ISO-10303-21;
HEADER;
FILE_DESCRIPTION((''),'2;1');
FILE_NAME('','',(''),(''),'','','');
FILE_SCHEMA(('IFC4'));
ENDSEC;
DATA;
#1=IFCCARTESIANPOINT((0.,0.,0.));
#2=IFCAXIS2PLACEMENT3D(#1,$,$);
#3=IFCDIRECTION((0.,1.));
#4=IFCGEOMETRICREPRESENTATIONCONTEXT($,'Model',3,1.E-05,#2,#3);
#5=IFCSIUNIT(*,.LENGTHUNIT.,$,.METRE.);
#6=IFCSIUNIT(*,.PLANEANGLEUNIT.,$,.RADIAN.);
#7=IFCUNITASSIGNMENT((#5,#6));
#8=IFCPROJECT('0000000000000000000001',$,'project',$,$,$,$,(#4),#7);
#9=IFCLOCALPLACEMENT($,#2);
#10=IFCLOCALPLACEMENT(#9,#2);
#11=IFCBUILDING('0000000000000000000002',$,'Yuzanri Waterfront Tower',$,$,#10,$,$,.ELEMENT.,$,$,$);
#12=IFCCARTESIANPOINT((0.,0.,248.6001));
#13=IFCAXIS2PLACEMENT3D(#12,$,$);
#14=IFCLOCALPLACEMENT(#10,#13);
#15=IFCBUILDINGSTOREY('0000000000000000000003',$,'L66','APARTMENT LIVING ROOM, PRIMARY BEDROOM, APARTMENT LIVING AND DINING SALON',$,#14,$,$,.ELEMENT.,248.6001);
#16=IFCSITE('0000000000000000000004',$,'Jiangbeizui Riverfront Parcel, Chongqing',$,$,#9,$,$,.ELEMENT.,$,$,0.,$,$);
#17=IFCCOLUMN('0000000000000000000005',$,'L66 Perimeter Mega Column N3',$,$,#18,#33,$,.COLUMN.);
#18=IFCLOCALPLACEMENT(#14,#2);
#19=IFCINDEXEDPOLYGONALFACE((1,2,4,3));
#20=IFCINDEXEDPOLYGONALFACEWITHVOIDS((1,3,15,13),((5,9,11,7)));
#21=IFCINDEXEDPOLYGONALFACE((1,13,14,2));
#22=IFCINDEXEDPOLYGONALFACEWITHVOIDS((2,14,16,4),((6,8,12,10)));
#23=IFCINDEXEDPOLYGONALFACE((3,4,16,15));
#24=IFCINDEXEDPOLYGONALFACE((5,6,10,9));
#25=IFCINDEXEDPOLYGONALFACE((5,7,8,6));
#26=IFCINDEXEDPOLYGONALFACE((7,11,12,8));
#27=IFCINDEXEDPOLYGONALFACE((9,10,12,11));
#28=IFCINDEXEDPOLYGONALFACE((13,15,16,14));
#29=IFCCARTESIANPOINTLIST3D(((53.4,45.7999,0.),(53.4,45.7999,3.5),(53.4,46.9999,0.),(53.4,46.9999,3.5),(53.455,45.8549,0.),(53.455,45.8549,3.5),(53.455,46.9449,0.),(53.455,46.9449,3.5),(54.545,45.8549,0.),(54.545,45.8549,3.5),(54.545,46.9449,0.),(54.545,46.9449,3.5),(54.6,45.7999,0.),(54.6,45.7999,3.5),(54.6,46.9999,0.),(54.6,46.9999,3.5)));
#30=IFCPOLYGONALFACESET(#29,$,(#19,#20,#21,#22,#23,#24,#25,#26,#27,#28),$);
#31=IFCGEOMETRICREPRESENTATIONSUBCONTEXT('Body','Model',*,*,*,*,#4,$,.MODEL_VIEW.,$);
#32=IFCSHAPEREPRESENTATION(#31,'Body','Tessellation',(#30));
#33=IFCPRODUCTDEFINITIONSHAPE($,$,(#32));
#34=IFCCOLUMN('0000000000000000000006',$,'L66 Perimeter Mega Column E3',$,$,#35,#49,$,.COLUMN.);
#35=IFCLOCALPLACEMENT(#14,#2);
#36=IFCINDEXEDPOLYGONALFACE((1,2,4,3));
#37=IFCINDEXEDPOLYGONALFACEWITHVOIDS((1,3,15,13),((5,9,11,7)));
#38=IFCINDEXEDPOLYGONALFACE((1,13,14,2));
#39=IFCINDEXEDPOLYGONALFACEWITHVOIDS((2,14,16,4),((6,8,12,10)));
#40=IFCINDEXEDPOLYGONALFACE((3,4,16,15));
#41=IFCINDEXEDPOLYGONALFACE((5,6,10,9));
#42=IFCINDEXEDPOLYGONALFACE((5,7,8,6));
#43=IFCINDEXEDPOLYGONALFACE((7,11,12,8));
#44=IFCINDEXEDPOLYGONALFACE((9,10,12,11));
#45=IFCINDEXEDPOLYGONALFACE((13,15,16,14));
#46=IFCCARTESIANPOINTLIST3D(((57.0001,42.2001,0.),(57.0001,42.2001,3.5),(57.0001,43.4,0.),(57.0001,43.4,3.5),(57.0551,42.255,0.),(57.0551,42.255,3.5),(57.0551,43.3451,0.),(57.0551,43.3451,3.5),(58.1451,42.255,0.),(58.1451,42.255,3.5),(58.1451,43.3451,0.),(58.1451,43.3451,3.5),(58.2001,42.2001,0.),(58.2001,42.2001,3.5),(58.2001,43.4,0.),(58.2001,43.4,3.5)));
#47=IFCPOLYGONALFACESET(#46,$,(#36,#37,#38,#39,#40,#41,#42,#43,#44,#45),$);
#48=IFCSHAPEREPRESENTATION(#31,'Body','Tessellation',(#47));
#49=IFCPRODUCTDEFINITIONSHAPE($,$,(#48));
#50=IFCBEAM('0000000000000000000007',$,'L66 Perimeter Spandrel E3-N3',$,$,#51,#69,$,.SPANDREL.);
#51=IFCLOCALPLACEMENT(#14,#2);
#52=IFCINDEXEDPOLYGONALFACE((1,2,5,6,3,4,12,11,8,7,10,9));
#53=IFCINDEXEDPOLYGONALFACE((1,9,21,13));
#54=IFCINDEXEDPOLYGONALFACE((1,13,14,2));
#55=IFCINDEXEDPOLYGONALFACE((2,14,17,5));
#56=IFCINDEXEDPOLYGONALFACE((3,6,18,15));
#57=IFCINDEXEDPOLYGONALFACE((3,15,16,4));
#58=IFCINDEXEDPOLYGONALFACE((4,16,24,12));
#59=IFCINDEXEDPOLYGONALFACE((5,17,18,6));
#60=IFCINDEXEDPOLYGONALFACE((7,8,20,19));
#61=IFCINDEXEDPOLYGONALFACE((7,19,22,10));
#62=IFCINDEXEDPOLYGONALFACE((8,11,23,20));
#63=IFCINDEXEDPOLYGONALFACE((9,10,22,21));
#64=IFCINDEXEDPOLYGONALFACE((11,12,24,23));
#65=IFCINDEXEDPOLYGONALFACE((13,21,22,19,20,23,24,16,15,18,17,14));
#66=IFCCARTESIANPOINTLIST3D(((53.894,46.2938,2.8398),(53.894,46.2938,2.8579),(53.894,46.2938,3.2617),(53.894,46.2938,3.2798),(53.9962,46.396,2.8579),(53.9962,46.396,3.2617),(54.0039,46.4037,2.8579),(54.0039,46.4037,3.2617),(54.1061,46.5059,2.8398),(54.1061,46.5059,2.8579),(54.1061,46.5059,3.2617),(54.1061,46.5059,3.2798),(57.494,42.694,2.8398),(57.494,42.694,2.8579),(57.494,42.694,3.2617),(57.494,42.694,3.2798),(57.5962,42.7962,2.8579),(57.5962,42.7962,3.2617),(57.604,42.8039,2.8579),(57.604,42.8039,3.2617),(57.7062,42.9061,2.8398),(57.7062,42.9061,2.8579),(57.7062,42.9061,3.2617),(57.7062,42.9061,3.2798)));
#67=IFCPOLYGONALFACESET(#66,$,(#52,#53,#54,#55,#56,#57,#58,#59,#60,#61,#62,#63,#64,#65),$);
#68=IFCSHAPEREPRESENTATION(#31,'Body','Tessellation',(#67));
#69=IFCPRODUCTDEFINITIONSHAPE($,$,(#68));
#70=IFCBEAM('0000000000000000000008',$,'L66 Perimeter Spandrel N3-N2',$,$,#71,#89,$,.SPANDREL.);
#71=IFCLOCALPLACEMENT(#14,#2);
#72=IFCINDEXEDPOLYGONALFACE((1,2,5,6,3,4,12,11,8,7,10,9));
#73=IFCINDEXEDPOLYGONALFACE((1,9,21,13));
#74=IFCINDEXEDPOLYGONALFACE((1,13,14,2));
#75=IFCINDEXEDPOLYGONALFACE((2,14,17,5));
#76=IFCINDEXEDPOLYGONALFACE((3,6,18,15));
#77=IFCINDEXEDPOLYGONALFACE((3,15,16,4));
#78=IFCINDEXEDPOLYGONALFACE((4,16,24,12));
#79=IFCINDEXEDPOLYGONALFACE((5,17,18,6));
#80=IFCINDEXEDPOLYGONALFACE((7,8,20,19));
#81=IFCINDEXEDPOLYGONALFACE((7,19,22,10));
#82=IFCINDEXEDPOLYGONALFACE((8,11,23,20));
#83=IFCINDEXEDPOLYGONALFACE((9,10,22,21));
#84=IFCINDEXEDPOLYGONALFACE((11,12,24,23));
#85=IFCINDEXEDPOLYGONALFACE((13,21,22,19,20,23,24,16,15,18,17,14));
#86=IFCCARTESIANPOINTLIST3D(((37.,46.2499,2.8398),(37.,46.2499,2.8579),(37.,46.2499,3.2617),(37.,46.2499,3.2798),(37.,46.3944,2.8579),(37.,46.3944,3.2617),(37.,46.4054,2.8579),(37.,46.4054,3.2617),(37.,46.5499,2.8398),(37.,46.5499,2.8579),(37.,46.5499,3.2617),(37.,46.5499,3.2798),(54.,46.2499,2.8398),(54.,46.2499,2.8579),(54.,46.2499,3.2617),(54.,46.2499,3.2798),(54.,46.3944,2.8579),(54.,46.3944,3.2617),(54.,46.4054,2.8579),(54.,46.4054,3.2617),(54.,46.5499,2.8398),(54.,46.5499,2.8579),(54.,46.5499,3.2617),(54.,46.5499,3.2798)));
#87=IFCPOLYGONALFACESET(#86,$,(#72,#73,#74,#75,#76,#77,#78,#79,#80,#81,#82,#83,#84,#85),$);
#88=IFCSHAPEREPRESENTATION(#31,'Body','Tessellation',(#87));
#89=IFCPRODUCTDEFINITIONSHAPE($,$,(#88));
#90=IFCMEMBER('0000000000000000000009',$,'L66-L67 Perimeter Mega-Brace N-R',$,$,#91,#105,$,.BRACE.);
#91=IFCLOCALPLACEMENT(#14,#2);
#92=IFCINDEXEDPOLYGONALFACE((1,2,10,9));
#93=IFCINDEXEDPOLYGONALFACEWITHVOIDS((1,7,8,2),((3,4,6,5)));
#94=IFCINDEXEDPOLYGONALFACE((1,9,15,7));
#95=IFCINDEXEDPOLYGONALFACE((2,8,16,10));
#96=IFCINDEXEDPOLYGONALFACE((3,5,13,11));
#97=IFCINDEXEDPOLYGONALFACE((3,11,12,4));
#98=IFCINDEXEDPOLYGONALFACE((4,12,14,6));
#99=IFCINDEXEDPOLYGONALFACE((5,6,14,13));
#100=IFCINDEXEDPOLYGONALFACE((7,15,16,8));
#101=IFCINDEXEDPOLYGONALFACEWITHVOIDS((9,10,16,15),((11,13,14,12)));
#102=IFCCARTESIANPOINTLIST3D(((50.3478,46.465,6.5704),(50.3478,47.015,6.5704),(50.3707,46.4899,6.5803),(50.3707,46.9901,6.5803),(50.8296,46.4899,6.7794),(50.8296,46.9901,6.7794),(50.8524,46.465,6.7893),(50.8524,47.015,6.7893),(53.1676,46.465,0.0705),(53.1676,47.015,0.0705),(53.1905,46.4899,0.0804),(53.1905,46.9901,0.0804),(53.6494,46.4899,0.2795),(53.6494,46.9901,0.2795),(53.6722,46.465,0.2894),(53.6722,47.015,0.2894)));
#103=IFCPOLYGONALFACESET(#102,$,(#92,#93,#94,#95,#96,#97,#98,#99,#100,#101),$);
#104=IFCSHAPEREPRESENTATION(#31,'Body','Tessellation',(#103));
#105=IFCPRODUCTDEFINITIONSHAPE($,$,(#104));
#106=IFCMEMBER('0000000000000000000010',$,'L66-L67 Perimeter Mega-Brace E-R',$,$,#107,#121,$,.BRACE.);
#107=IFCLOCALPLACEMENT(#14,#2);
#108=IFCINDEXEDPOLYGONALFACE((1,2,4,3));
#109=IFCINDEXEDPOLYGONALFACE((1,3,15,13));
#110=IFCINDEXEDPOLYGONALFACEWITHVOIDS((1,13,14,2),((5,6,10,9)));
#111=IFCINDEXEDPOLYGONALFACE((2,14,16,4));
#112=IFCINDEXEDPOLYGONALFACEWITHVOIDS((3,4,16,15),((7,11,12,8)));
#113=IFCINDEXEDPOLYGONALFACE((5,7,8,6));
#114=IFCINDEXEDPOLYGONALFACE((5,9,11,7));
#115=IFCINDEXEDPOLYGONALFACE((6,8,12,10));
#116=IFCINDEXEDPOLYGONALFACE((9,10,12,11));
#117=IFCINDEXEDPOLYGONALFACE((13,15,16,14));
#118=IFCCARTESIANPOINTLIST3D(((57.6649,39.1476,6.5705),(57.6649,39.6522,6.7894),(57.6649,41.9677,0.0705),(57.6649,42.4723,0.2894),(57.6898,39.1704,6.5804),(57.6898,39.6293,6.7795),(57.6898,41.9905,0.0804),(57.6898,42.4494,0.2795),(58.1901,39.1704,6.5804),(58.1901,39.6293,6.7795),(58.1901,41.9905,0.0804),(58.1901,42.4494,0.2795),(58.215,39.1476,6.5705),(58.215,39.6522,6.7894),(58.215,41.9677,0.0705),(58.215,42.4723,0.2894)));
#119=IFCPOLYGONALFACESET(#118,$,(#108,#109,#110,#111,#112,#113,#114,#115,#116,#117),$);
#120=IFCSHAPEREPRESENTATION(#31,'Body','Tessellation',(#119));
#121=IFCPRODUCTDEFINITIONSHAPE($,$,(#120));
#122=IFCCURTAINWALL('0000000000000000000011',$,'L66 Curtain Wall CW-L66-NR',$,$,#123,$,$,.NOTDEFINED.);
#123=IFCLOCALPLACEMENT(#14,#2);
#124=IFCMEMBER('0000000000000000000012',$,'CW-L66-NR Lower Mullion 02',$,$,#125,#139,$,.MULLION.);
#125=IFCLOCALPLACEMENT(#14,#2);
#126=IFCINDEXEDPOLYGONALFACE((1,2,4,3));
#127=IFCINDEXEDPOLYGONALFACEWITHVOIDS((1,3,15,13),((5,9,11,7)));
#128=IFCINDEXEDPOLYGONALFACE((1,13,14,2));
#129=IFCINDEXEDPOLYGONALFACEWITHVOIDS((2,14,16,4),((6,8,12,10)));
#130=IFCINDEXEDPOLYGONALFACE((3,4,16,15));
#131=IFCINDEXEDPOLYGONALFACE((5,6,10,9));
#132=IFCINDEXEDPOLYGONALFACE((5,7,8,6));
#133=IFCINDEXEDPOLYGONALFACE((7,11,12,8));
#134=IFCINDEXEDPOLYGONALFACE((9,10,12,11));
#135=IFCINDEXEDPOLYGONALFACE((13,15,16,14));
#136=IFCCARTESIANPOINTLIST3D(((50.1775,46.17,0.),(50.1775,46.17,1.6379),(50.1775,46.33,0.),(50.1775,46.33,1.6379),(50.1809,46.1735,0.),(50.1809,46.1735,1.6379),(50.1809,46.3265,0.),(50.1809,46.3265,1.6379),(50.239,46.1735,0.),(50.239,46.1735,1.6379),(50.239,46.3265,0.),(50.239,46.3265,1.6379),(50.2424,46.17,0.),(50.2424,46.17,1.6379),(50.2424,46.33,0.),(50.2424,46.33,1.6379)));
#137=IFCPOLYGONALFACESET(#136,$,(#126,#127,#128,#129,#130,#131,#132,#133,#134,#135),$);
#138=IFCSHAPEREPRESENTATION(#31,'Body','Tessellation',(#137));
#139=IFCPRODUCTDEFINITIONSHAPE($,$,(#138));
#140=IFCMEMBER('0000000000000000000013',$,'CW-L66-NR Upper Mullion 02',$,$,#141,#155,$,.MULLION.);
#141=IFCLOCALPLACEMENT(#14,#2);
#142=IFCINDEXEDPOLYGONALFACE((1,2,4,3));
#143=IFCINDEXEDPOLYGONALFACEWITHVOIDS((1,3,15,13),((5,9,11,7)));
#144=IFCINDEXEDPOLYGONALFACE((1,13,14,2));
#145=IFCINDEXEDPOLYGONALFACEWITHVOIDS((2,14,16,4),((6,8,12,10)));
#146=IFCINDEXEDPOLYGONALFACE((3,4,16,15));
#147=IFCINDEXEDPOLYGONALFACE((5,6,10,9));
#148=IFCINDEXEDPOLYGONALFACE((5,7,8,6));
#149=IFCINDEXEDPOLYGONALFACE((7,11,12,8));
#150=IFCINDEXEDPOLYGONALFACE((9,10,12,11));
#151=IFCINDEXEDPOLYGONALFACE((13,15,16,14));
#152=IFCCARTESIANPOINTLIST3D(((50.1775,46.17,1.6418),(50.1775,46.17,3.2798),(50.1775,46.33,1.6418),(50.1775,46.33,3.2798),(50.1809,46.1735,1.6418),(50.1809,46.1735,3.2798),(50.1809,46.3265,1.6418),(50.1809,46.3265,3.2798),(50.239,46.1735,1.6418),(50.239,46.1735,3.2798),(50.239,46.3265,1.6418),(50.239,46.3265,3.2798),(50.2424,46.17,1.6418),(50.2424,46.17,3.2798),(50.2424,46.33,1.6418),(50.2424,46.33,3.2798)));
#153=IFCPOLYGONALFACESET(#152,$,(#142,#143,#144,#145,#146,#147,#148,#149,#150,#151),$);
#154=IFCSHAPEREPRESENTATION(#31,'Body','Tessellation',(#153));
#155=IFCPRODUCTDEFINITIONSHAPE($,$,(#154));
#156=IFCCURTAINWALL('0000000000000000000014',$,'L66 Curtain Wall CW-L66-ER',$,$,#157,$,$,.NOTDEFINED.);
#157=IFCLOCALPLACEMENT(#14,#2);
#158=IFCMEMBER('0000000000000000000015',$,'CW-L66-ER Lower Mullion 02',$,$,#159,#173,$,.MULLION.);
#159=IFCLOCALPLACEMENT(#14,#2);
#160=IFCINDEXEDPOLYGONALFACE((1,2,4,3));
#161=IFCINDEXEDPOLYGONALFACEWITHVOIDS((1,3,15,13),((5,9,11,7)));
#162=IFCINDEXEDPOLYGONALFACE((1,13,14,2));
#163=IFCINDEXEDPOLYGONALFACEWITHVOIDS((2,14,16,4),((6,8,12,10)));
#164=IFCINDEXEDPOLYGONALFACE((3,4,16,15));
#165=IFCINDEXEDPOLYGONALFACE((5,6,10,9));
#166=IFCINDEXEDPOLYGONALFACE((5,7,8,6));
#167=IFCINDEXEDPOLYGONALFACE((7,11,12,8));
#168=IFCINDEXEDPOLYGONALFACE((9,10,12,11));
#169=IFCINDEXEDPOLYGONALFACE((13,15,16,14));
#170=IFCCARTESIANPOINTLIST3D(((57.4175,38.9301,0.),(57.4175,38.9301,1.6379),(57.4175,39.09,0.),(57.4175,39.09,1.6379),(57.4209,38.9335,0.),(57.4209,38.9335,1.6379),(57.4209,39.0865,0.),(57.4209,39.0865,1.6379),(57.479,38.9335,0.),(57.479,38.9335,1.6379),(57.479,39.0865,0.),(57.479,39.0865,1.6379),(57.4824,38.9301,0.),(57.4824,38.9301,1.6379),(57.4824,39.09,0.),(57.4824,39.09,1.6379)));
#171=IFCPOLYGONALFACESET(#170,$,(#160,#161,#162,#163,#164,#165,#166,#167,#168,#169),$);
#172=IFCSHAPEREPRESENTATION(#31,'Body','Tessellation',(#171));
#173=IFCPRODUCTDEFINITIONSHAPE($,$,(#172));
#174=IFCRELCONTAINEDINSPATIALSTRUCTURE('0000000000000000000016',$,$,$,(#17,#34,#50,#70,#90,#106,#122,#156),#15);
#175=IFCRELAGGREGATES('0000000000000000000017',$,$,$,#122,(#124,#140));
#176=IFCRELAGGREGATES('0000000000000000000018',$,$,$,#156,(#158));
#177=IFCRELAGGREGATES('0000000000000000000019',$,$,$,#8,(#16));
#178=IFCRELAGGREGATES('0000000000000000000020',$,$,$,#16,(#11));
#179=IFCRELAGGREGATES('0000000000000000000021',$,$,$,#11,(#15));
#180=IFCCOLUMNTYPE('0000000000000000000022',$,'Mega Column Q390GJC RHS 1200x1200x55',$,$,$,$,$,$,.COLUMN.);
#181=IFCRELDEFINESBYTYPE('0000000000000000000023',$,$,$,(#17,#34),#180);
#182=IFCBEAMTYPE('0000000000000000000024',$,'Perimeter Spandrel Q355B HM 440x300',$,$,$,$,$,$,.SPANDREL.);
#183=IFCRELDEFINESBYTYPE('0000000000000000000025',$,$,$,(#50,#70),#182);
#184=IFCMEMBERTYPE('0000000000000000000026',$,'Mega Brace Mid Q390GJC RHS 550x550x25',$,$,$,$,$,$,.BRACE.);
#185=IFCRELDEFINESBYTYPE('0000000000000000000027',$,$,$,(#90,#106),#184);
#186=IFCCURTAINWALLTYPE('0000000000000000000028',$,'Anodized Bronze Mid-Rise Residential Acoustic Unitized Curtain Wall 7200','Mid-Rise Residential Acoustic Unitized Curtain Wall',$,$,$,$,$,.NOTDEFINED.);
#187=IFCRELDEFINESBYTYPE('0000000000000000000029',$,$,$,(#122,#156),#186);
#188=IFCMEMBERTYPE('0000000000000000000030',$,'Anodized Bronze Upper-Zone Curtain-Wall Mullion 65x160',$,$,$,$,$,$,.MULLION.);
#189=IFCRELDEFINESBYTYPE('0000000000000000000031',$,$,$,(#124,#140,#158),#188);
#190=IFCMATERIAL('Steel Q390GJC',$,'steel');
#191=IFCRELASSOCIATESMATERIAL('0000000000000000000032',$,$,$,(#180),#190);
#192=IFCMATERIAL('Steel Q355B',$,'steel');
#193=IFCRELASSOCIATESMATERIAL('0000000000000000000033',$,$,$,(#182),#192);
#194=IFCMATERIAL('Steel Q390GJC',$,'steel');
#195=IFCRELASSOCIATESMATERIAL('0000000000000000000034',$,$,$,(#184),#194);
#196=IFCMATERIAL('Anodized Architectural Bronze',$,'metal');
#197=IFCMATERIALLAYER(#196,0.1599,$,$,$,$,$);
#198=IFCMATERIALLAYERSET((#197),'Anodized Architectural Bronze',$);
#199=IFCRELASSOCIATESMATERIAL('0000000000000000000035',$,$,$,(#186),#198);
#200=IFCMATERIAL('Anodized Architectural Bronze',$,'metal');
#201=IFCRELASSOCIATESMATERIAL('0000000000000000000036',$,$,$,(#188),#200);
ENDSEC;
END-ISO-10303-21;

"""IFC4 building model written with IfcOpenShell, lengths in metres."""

from ifc_helpers import new_model, si_unit, direction, frame, origin, origin_2d, place, context, subcontext, project, spatial, hollow_rectangle, i_section, extrude, source, transform, mapped, material, layer, layer_set, material_profile, profile_set, type_object, element, aggregate, save


model = new_model("IFC4")

# Units and contexts
model_context = context("Model", 3, precision=1e-05, world=origin(), true_north=direction((0.0, 1.0)))
body_context = subcontext(model_context, "Body", "Model", "MODEL_VIEW")
ifc_project = project(units=[si_unit("LENGTHUNIT", "METRE"), si_unit("PLANEANGLEUNIT", "RADIAN")], contexts=[model_context])

# Site, building, storey
site_placement = place(None, origin())
site = spatial("IfcSite", under=ifc_project, at=site_placement, Name="Jiangbeizui Riverfront Parcel, Chongqing", CompositionType="ELEMENT", RefElevation=0.0)
building_placement = place(site_placement, origin())
building = spatial("IfcBuilding", under=site, at=building_placement, Name="Yuzanri Waterfront Tower", CompositionType="ELEMENT")
storey_placement = place(building_placement, frame((0.0, 0.0, 248.6001)))
storey = spatial("IfcBuildingStorey", under=building, at=storey_placement, Name="L66", Description="APARTMENT LIVING ROOM, PRIMARY BEDROOM, APARTMENT LIVING AND DINING SALON", CompositionType="ELEMENT", Elevation=248.6001)

# Columns
ifc_material_1 = material(Name="Steel Q390GJC", Category="steel")
ifc_material_profile_1 = material_profile(ifc_material_1, hollow_rectangle(XDim=1.2, YDim=1.2, WallThickness=0.0549, at=origin_2d()), Name="RHS 1200x1200x55")
ifc_profile_set_1 = profile_set([ifc_material_profile_1], Name="Steel Q390GJC")
column_type = type_object("IfcColumnType", Name="Mega Column Q390GJC RHS 1200x1200x55", PredefinedType="COLUMN", material=ifc_profile_set_1)
shared_shape_1 = source(origin(), body_context, "Body", "SweptSolid", [
    extrude(hollow_rectangle(XDim=1.2, YDim=1.2, WallThickness=0.0549, at=origin_2d()), origin(), (0.0, 0.0, 1.0), 3.5),
])
for number, where, z_axis, x_axis, name in (
    (1, (54.0, 46.3999, 0.0), (0.0, 0.0, 1.0), (1.0, 0.0, 0.0), "L66 Perimeter Mega Column N3"),
    (2, (57.6001, 42.8, 0.0), (0.0, 0.0, 1.0), (1.0, 0.0, 0.0), "L66 Perimeter Mega Column E3"),
):
    element("IfcColumn", number, at=place(storey_placement, frame(where, z_axis=z_axis, x_axis=x_axis)), inside=storey, type_object=column_type, Name=name, PredefinedType="COLUMN", context=body_context, shape_type="MappedRepresentation", body=[
        mapped(shared_shape_1, transform((0.0, 0.0, 0.0), scale=1.0)),
    ])

# Beams
ifc_material_2 = material(Name="Steel Q355B", Category="steel")
ifc_material_profile_2 = material_profile(ifc_material_2, i_section(OverallWidth=0.3, OverallDepth=0.4399, WebThickness=0.011, FlangeThickness=0.0181, at=origin_2d()), Name="HM 440x300x11x18")
ifc_profile_set_2 = profile_set([ifc_material_profile_2], Name="Steel Q355B")
beam_type = type_object("IfcBeamType", Name="Perimeter Spandrel Q355B HM 440x300", PredefinedType="SPANDREL", material=ifc_profile_set_2)
shared_shape_2 = source(origin(), body_context, "Body", "SweptSolid", [
    extrude(i_section(OverallWidth=0.3, OverallDepth=0.4399, WebThickness=0.011, FlangeThickness=0.0181, at=origin_2d()), origin(), (0.0, 0.0, 1.0), 5.0911),
])
beam_1_placement = place(storey_placement, frame((57.6001, 42.8, 3.0598), z_axis=(-0.707131, 0.707083, 0.0), x_axis=(-0.707083, -0.707131, 0.0)))
element("IfcBeam", 3, at=beam_1_placement, inside=storey, type_object=beam_type, Name="L66 Perimeter Spandrel E3-N3", PredefinedType="SPANDREL", context=body_context, shape_type="MappedRepresentation", body=[
    mapped(shared_shape_2, transform((0.0, 0.0, 0.0), scale=1.0)),
])
shared_shape_3 = source(origin(), body_context, "Body", "SweptSolid", [
    extrude(i_section(OverallWidth=0.3, OverallDepth=0.4399, WebThickness=0.011, FlangeThickness=0.0181, at=origin_2d()), origin(), (0.0, 0.0, 1.0), 17.0),
])
beam_2_placement = place(storey_placement, frame((54.0, 46.3999, 3.0598), z_axis=(-1.0, 0.0, 0.0), x_axis=(0.0, -1.0, 0.0)))
element("IfcBeam", 4, at=beam_2_placement, inside=storey, type_object=beam_type, Name="L66 Perimeter Spandrel N3-N2", PredefinedType="SPANDREL", context=body_context, shape_type="MappedRepresentation", body=[
    mapped(shared_shape_3, transform((0.0, 0.0, 0.0), scale=1.0)),
])

# Members
ifc_material_3 = material(Name="Steel Q390GJC", Category="steel")
ifc_material_profile_3 = material_profile(ifc_material_3, hollow_rectangle(XDim=0.55, YDim=0.55, WallThickness=0.0249, at=origin_2d()), Name="RHS 550x550x25")
ifc_profile_set_3 = profile_set([ifc_material_profile_3], Name="Steel Q390GJC")
member_type_1 = type_object("IfcMemberType", Name="Mega Brace Mid Q390GJC RHS 550x550x25", PredefinedType="BRACE", material=ifc_profile_set_3)
shared_shape_4 = source(origin(), body_context, "Body", "SweptSolid", [
    extrude(hollow_rectangle(XDim=0.55, YDim=0.55, WallThickness=0.0249, at=origin_2d()), origin(), (0.0, 0.0, 1.0), 7.0852),
])
member_1_placement = place(storey_placement, frame((53.4199, 46.74, 0.1799), z_axis=(-0.397983, 0.0, 0.917393), x_axis=(0.0, -1.0, 0.0)))
element("IfcMember", 5, at=member_1_placement, inside=storey, type_object=member_type_1, Name="L66-L67 Perimeter Mega-Brace N-R", PredefinedType="BRACE", context=body_context, shape_type="MappedRepresentation", body=[
    mapped(shared_shape_4, transform((0.0, 0.0, 0.0), scale=1.0)),
])
shared_shape_5 = source(origin(), body_context, "Body", "SweptSolid", [
    extrude(hollow_rectangle(XDim=0.55, YDim=0.55, WallThickness=0.0249, at=origin_2d()), origin(), (0.0, 0.0, 1.0), 7.0854),
])
member_2_placement = place(storey_placement, frame((57.9399, 42.22, 0.1799), z_axis=(0.0, -0.398012, 0.91738), x_axis=(1.0, 0.0, 0.0)))
element("IfcMember", 6, at=member_2_placement, inside=storey, type_object=member_type_1, Name="L66-L67 Perimeter Mega-Brace E-R", PredefinedType="BRACE", context=body_context, shape_type="MappedRepresentation", body=[
    mapped(shared_shape_5, transform((0.0, 0.0, 0.0), scale=1.0)),
])

# Curtain walls, members
ifc_material_4 = material(Name="Anodized Architectural Bronze", Category="metal")
ifc_layer_1 = layer(ifc_material_4, 0.1599)
ifc_layer_set_1 = layer_set([ifc_layer_1], Name="Anodized Architectural Bronze")
curtain_wall_type = type_object("IfcCurtainWallType", Name="Anodized Bronze Mid-Rise Residential Acoustic Unitized Curtain Wall 7200", Description="Mid-Rise Residential Acoustic Unitized Curtain Wall", PredefinedType="NOTDEFINED", material=ifc_layer_set_1)
curtain_wall_1_placement = place(storey_placement, origin())
curtain_wall_1 = element("IfcCurtainWall", 7, at=curtain_wall_1_placement, inside=storey, type_object=curtain_wall_type, Name="L66 Curtain Wall CW-L66-NR", PredefinedType="NOTDEFINED")
ifc_material_5 = material(Name="Anodized Architectural Bronze", Category="metal")
ifc_material_profile_4 = material_profile(ifc_material_5, hollow_rectangle(XDim=0.0649, YDim=0.1599, WallThickness=0.0034, at=origin_2d()), Name="CWM 65x160")
ifc_profile_set_4 = profile_set([ifc_material_profile_4], Name="Anodized Architectural Bronze")
member_type_2 = type_object("IfcMemberType", Name="Anodized Bronze Upper-Zone Curtain-Wall Mullion 65x160", PredefinedType="MULLION", material=ifc_profile_set_4)
shared_shape_6 = source(origin(), body_context, "Body", "SweptSolid", [
    extrude(hollow_rectangle(XDim=0.0649, YDim=0.1599, WallThickness=0.0034, at=origin_2d()), origin(), (0.0, 0.0, 1.0), 1.6379),
])
member_3_placement = place(storey_placement, frame((50.21, 46.25, 0.0), z_axis=(0.0, 0.0, 1.0), x_axis=(1.0, 0.0, 0.0)))
member_3 = element("IfcMember", 8, at=member_3_placement, type_object=member_type_2, Name="CW-L66-NR Lower Mullion 02", PredefinedType="MULLION", context=body_context, shape_type="MappedRepresentation", body=[
    mapped(shared_shape_6, transform((0.0, 0.0, 0.0), scale=1.0)),
])
member_4_placement = place(storey_placement, frame((50.21, 46.25, 1.6418), z_axis=(0.0, 0.0, 1.0), x_axis=(1.0, 0.0, 0.0)))
member_4 = element("IfcMember", 9, at=member_4_placement, type_object=member_type_2, Name="CW-L66-NR Upper Mullion 02", PredefinedType="MULLION", context=body_context, shape_type="MappedRepresentation", body=[
    mapped(shared_shape_6, transform((0.0, 0.0, 0.0), scale=1.0)),
])
aggregate(curtain_wall_1, [member_3, member_4])
curtain_wall_2_placement = place(storey_placement, origin())
curtain_wall_2 = element("IfcCurtainWall", 10, at=curtain_wall_2_placement, inside=storey, type_object=curtain_wall_type, Name="L66 Curtain Wall CW-L66-ER", PredefinedType="NOTDEFINED")
member_5_placement = place(storey_placement, frame((57.45, 39.01, 0.0), z_axis=(0.0, 0.0, 1.0), x_axis=(1.0, 0.0, 0.0)))
member_5 = element("IfcMember", 11, at=member_5_placement, type_object=member_type_2, Name="CW-L66-ER Lower Mullion 02", PredefinedType="MULLION", context=body_context, shape_type="MappedRepresentation", body=[
    mapped(shared_shape_6, transform((0.0, 0.0, 0.0), scale=1.0)),
])

aggregate(curtain_wall_2, [member_5])

save(model, "model.ifc")
